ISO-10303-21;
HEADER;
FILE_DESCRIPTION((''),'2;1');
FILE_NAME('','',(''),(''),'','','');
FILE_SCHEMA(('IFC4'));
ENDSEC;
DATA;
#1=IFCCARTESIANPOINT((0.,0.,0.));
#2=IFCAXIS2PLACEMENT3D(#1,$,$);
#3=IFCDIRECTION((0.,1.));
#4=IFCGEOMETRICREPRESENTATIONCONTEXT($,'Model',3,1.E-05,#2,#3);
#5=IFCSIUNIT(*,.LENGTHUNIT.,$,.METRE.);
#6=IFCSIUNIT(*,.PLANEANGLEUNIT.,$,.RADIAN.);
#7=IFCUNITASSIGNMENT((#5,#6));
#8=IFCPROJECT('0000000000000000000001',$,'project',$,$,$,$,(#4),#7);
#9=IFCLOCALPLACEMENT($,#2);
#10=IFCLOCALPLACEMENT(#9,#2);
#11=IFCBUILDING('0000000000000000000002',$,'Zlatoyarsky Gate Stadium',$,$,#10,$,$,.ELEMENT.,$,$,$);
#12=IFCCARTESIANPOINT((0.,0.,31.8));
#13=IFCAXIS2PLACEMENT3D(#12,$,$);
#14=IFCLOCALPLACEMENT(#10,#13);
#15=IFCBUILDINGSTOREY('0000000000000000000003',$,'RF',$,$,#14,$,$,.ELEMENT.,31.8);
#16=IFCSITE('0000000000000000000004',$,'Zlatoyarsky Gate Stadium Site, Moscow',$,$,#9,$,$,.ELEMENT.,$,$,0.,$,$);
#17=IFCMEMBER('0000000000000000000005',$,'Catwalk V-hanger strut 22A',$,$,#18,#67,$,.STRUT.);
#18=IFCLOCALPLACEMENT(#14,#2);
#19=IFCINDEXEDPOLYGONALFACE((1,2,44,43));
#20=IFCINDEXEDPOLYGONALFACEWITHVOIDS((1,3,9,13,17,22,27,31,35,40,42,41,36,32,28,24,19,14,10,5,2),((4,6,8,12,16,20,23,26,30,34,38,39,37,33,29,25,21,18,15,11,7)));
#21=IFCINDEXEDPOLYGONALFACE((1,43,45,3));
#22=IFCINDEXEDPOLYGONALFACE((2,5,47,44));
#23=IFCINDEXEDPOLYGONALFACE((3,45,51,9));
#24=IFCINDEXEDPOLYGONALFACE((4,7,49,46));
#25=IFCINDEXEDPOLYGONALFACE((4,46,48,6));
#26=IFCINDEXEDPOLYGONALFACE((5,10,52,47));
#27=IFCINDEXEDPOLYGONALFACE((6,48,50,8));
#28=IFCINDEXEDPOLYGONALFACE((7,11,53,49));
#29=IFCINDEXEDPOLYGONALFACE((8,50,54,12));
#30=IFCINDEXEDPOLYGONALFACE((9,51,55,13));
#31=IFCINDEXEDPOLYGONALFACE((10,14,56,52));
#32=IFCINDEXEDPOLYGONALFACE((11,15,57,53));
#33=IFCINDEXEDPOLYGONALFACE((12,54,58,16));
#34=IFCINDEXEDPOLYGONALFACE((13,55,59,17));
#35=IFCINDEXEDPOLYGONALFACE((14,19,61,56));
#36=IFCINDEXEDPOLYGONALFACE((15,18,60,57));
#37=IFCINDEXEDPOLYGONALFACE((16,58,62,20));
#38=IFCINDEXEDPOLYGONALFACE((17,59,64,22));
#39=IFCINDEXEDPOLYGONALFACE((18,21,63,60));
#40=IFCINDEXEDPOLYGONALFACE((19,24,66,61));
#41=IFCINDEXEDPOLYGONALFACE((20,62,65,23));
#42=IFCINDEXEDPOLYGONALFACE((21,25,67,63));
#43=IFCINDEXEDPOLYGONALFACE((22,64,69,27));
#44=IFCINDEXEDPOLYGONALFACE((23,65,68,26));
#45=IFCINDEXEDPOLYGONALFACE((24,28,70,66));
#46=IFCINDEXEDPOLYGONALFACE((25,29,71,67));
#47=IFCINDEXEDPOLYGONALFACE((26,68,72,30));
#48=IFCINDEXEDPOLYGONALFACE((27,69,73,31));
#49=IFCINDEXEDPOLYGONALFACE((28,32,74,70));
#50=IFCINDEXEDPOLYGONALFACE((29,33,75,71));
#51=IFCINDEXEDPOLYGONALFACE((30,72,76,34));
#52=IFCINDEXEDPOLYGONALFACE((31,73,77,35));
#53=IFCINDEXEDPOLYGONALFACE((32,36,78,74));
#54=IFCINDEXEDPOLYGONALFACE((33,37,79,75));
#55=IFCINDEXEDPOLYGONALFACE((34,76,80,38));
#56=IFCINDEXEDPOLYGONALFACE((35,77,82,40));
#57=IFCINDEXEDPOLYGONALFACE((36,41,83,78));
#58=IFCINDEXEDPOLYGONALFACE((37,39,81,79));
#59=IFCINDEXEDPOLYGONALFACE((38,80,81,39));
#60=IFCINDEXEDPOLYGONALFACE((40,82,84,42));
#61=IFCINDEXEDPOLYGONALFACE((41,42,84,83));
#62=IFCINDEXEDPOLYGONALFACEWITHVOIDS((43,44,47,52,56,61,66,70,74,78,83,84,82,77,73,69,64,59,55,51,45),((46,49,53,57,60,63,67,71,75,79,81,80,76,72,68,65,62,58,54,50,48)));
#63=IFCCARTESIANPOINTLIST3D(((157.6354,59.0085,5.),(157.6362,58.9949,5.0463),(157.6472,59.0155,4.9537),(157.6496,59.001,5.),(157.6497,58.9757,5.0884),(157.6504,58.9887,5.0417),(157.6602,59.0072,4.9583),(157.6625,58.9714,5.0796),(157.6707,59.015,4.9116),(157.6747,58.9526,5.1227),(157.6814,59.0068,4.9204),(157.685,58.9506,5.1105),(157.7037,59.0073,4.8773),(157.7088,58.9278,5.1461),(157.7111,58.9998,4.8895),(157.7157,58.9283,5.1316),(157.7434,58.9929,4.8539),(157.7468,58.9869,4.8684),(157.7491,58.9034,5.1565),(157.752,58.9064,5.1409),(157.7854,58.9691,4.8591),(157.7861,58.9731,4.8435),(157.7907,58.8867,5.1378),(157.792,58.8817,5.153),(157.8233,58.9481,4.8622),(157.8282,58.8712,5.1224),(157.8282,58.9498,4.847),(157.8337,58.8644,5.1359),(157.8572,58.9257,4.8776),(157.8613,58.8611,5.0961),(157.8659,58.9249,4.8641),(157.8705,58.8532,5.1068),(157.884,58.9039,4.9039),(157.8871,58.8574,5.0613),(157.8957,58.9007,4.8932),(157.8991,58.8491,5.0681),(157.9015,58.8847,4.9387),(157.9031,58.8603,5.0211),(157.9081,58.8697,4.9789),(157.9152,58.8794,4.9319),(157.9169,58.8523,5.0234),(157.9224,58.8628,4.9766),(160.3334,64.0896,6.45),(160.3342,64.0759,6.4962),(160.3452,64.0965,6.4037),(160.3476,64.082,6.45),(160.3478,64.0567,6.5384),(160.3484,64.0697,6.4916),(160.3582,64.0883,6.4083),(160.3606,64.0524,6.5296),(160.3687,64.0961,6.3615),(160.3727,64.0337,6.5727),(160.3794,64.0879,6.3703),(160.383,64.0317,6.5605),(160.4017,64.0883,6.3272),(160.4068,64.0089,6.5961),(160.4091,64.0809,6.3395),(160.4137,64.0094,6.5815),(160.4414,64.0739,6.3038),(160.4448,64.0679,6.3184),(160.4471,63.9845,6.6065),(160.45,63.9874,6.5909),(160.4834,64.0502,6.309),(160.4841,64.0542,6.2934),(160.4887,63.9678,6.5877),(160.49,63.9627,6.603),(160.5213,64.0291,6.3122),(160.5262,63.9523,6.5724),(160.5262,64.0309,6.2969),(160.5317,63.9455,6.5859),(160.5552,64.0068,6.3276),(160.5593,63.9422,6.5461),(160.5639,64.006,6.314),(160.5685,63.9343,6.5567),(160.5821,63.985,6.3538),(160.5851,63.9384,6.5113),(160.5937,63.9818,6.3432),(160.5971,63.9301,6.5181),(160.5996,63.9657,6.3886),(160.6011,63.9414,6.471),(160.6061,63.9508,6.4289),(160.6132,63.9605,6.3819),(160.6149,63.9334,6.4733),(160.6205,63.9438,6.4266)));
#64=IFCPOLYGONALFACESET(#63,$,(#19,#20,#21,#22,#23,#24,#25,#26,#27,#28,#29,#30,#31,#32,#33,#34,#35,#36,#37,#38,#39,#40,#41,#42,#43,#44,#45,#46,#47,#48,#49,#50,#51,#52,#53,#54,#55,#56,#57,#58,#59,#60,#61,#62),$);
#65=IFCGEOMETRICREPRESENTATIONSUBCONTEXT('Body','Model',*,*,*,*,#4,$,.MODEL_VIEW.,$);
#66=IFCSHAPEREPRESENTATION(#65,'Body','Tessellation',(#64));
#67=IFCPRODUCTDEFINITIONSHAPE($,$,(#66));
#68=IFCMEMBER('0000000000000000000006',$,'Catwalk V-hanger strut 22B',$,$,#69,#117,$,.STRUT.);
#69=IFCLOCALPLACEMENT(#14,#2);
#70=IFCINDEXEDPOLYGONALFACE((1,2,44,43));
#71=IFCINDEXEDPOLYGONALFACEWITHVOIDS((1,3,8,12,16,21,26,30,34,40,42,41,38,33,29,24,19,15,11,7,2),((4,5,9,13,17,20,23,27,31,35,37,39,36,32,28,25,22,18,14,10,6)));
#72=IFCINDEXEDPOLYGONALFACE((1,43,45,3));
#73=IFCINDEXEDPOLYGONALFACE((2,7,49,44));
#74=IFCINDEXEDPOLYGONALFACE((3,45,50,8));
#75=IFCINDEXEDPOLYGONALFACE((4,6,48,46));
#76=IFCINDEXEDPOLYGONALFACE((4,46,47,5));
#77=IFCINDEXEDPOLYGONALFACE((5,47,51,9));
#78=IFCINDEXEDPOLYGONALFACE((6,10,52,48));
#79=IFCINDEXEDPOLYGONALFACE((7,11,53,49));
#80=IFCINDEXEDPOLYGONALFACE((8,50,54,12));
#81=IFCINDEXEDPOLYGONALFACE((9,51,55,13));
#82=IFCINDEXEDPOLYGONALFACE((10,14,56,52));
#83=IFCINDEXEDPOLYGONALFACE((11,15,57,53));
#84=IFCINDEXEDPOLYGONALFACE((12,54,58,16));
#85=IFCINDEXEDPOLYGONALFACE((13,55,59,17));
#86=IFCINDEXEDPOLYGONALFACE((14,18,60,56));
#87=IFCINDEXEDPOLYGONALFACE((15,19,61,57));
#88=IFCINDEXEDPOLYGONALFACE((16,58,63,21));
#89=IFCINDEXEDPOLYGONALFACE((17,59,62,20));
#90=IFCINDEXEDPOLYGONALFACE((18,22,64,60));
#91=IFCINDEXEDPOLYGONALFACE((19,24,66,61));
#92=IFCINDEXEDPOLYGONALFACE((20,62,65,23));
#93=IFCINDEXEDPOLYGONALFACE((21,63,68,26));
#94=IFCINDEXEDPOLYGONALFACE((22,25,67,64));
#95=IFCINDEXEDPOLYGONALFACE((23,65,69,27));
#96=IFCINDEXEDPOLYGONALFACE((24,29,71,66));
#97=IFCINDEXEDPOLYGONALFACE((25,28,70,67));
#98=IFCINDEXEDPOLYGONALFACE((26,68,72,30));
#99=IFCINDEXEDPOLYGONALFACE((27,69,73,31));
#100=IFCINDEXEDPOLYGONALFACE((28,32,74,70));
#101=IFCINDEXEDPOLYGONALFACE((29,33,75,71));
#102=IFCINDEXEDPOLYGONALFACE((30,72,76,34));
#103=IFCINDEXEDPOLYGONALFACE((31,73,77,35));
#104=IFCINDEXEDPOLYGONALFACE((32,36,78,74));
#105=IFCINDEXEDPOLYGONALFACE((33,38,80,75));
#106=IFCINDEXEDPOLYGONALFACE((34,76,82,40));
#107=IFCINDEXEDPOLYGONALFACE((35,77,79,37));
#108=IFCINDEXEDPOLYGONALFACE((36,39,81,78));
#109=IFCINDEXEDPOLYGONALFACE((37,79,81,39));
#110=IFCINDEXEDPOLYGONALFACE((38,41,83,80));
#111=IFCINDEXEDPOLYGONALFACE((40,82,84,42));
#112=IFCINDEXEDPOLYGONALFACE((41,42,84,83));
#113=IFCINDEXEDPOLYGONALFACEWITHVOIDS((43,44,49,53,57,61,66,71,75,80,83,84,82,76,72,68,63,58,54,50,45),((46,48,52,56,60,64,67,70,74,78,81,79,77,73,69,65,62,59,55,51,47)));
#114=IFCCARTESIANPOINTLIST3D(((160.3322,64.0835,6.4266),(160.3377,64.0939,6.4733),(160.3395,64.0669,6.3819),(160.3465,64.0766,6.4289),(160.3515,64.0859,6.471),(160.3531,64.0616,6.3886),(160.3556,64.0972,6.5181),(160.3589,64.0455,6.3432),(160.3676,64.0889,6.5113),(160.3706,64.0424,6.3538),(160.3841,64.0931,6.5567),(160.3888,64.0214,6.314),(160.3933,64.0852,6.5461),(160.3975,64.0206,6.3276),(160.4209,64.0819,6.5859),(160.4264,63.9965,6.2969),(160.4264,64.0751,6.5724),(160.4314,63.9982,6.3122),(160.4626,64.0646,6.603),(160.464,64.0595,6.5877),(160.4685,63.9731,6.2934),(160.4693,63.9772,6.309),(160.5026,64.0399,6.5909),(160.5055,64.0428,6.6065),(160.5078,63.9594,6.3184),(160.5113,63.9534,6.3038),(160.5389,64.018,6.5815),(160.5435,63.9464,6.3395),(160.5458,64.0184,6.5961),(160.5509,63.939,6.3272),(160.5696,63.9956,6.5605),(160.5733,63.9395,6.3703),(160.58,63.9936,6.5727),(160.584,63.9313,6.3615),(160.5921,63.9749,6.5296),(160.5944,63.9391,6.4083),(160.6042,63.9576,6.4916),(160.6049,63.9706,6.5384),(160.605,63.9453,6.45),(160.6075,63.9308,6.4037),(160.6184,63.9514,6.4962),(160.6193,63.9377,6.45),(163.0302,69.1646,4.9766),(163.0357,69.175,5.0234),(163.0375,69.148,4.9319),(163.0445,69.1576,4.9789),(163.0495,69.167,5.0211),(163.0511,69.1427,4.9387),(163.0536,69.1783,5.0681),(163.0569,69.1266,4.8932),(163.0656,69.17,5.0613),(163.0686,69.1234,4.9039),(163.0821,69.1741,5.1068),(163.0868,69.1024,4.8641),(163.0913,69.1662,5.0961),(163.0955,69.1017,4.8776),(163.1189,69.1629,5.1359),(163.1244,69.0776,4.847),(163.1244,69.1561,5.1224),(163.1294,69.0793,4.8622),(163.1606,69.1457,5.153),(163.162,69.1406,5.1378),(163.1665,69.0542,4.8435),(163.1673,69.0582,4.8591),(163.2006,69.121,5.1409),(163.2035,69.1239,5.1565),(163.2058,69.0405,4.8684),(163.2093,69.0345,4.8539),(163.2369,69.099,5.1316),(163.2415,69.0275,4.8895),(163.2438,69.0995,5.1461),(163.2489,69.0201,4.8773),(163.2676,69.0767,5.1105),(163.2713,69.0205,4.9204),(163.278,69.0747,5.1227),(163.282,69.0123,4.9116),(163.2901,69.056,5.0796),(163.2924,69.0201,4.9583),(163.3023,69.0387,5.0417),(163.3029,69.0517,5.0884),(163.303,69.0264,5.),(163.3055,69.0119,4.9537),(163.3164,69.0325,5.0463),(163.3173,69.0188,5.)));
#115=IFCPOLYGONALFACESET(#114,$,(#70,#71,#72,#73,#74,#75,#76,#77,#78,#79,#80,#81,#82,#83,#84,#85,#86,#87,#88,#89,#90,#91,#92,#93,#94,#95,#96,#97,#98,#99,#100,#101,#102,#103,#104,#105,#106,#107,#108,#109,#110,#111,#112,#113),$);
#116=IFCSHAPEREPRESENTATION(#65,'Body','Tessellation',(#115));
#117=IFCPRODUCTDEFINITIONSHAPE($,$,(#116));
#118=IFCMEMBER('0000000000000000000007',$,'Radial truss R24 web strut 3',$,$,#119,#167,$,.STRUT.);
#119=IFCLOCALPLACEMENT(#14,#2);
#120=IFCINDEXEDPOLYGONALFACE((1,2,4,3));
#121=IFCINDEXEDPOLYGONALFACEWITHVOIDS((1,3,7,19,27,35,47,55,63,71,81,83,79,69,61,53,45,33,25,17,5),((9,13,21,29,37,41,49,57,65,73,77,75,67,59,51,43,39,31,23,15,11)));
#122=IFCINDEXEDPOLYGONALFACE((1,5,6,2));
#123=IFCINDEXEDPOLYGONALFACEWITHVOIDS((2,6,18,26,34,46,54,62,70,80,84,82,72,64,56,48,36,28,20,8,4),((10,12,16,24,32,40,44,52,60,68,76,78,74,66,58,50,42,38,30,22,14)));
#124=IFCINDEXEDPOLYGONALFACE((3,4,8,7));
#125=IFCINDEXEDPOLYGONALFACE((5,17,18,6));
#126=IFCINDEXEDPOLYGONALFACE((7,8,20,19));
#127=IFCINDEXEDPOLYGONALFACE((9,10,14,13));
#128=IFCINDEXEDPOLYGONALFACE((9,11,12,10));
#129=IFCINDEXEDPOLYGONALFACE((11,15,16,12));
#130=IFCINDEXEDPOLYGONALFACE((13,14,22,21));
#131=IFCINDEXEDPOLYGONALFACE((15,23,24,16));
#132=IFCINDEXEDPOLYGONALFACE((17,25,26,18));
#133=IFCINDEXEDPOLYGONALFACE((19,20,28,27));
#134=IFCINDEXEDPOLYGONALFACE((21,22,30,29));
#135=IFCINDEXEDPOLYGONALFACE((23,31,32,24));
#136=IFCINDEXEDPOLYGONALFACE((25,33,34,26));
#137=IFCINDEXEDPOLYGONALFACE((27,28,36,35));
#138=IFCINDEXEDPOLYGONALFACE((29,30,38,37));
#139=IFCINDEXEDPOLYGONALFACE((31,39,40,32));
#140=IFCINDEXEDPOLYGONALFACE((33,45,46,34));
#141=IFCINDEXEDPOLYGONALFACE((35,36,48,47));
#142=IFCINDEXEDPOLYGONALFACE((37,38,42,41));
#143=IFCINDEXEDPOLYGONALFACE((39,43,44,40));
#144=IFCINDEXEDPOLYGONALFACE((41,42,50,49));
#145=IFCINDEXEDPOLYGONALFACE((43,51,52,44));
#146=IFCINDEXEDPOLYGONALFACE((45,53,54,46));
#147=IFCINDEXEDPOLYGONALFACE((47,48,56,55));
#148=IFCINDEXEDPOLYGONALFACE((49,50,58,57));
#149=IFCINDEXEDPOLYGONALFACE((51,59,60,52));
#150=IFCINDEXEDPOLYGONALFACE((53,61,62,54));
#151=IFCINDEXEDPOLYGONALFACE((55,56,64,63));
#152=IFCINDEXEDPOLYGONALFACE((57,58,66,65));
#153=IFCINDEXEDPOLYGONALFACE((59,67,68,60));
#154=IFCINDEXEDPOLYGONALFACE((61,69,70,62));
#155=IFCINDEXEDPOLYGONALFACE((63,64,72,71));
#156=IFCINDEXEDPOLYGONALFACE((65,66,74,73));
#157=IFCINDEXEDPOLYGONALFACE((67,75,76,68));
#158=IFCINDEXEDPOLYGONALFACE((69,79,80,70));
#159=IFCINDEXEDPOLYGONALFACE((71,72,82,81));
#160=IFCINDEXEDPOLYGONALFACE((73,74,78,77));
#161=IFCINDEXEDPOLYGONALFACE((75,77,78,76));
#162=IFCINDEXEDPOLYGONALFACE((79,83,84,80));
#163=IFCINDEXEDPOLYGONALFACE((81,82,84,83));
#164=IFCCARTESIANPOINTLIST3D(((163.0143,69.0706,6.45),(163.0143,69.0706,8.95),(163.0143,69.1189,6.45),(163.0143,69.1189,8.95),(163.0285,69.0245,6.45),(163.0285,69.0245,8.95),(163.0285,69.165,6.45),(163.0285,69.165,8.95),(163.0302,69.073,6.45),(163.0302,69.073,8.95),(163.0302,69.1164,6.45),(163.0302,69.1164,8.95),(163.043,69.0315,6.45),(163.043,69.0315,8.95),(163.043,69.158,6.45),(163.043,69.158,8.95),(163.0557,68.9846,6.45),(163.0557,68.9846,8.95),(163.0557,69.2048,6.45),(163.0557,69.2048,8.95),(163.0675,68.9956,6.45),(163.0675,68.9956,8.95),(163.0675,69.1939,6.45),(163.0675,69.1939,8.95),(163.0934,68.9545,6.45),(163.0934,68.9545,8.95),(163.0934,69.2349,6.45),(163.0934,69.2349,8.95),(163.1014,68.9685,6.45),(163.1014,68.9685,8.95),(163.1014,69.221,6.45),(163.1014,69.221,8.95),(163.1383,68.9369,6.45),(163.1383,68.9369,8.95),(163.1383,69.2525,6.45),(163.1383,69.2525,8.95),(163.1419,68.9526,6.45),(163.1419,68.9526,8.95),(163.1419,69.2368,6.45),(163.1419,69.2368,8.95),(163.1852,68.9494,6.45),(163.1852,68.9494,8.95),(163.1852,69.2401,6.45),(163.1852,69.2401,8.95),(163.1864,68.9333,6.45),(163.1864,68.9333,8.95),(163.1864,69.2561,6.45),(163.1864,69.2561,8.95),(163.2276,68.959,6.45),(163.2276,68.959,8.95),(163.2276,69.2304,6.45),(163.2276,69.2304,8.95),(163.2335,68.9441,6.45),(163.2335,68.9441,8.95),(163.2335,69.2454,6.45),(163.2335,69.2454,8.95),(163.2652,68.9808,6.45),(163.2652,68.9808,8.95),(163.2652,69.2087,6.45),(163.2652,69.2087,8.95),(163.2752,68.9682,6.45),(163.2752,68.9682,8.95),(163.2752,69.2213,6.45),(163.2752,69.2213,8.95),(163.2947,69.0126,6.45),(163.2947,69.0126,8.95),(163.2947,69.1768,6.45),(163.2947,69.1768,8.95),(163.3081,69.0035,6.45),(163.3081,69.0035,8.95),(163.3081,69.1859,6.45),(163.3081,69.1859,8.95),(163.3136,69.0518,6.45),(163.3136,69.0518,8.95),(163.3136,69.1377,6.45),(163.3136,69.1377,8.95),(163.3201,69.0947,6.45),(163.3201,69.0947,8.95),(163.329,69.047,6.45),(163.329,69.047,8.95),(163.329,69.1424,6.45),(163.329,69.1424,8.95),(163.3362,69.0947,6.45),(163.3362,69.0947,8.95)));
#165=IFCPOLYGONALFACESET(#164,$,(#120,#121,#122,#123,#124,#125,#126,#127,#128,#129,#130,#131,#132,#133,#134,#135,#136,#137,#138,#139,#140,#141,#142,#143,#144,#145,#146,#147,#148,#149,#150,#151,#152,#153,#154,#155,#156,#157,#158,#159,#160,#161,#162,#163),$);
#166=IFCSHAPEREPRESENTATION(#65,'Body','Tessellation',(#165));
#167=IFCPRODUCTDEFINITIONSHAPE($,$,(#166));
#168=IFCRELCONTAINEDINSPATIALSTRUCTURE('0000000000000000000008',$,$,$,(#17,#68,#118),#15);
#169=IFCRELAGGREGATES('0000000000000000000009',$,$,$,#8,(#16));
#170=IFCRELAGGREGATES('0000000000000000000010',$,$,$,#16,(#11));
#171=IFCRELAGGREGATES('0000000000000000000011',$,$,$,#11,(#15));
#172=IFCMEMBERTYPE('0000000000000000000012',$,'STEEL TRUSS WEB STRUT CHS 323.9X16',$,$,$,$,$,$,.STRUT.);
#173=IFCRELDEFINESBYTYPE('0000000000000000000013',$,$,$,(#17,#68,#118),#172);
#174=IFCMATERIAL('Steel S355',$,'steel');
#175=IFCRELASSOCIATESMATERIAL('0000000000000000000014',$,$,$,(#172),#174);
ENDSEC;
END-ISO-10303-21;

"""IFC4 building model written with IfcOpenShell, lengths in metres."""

from ifc_helpers import new_model, si_unit, direction, frame, origin, origin_2d, place, context, subcontext, project, spatial, hollow_circle, extrude, material, material_profile, profile_set, type_object, element, save


model = new_model("IFC4")

# Units and contexts
model_context = context("Model", 3, precision=1e-05, world=origin(), true_north=direction((0.0, 1.0)))
body_context = subcontext(model_context, "Body", "Model", "MODEL_VIEW")
ifc_project = project(units=[si_unit("LENGTHUNIT", "METRE"), si_unit("PLANEANGLEUNIT", "RADIAN")], contexts=[model_context])

# Site, building, storey
site_placement = place(None, origin())
site = spatial("IfcSite", under=ifc_project, at=site_placement, Name="Zlatoyarsky Gate Stadium Site, Moscow", CompositionType="ELEMENT", RefElevation=0.0)
building_placement = place(site_placement, origin())
building = spatial("IfcBuilding", under=site, at=building_placement, Name="Zlatoyarsky Gate Stadium", CompositionType="ELEMENT")
storey_placement = place(building_placement, frame((0.0, 0.0, 31.8)))
storey = spatial("IfcBuildingStorey", under=building, at=storey_placement, Name="RF", CompositionType="ELEMENT", Elevation=31.8)

# Shared definitions
ifc_material = material(Name="Steel S355", Category="steel")

# Members
ifc_material_profile_1 = material_profile(ifc_material, hollow_circle(Radius=0.1619, WallThickness=0.0161, at=origin_2d()), Name="CHS 323.9X16")
ifc_profile_set_1 = profile_set([ifc_material_profile_1], Name="Steel S355")
member_type_1 = type_object("IfcMemberType", Name="STEEL TRUSS WEB STRUT CHS 323.9X16", PredefinedType="STRUT", material=ifc_profile_set_1)
for number, where, z_axis, x_axis, name in (
    (1, (157.7783, 58.9326, 5.0), (0.454756, 0.856428, 0.244394), (-0.88321, 0.468977, 0.0), "Catwalk V-hanger strut 22A"),
    (2, (163.1743, 69.0947, 5.0), (-0.454756, -0.856428, 0.244394), (0.88321, -0.468977, 0.0), "Catwalk V-hanger strut 22B"),
):
    element("IfcMember", number, at=place(storey_placement, frame(where, z_axis=z_axis, x_axis=x_axis)), inside=storey, type_object=member_type_1, Name=name, PredefinedType="STRUT", context=body_context, shape_type="SweptSolid", body=[
        extrude(hollow_circle(Radius=0.1619, WallThickness=0.0161, at=origin_2d()), origin(), (0.0, 0.0, 1.0), 5.9329),
    ])
member_1_placement = place(storey_placement, frame((163.1743, 69.0947, 6.45), z_axis=(0.0, 0.0, 1.0), x_axis=(1.0, 0.0, 0.0)))
element("IfcMember", 3, at=member_1_placement, inside=storey, type_object=member_type_1, Name="Radial truss R24 web strut 3", PredefinedType="STRUT", context=body_context, shape_type="SweptSolid", body=[
    extrude(hollow_circle(Radius=0.1619, WallThickness=0.0161, at=origin_2d()), origin(), (0.0, 0.0, 1.0), 2.5),
])

save(model, "model.ifc")
